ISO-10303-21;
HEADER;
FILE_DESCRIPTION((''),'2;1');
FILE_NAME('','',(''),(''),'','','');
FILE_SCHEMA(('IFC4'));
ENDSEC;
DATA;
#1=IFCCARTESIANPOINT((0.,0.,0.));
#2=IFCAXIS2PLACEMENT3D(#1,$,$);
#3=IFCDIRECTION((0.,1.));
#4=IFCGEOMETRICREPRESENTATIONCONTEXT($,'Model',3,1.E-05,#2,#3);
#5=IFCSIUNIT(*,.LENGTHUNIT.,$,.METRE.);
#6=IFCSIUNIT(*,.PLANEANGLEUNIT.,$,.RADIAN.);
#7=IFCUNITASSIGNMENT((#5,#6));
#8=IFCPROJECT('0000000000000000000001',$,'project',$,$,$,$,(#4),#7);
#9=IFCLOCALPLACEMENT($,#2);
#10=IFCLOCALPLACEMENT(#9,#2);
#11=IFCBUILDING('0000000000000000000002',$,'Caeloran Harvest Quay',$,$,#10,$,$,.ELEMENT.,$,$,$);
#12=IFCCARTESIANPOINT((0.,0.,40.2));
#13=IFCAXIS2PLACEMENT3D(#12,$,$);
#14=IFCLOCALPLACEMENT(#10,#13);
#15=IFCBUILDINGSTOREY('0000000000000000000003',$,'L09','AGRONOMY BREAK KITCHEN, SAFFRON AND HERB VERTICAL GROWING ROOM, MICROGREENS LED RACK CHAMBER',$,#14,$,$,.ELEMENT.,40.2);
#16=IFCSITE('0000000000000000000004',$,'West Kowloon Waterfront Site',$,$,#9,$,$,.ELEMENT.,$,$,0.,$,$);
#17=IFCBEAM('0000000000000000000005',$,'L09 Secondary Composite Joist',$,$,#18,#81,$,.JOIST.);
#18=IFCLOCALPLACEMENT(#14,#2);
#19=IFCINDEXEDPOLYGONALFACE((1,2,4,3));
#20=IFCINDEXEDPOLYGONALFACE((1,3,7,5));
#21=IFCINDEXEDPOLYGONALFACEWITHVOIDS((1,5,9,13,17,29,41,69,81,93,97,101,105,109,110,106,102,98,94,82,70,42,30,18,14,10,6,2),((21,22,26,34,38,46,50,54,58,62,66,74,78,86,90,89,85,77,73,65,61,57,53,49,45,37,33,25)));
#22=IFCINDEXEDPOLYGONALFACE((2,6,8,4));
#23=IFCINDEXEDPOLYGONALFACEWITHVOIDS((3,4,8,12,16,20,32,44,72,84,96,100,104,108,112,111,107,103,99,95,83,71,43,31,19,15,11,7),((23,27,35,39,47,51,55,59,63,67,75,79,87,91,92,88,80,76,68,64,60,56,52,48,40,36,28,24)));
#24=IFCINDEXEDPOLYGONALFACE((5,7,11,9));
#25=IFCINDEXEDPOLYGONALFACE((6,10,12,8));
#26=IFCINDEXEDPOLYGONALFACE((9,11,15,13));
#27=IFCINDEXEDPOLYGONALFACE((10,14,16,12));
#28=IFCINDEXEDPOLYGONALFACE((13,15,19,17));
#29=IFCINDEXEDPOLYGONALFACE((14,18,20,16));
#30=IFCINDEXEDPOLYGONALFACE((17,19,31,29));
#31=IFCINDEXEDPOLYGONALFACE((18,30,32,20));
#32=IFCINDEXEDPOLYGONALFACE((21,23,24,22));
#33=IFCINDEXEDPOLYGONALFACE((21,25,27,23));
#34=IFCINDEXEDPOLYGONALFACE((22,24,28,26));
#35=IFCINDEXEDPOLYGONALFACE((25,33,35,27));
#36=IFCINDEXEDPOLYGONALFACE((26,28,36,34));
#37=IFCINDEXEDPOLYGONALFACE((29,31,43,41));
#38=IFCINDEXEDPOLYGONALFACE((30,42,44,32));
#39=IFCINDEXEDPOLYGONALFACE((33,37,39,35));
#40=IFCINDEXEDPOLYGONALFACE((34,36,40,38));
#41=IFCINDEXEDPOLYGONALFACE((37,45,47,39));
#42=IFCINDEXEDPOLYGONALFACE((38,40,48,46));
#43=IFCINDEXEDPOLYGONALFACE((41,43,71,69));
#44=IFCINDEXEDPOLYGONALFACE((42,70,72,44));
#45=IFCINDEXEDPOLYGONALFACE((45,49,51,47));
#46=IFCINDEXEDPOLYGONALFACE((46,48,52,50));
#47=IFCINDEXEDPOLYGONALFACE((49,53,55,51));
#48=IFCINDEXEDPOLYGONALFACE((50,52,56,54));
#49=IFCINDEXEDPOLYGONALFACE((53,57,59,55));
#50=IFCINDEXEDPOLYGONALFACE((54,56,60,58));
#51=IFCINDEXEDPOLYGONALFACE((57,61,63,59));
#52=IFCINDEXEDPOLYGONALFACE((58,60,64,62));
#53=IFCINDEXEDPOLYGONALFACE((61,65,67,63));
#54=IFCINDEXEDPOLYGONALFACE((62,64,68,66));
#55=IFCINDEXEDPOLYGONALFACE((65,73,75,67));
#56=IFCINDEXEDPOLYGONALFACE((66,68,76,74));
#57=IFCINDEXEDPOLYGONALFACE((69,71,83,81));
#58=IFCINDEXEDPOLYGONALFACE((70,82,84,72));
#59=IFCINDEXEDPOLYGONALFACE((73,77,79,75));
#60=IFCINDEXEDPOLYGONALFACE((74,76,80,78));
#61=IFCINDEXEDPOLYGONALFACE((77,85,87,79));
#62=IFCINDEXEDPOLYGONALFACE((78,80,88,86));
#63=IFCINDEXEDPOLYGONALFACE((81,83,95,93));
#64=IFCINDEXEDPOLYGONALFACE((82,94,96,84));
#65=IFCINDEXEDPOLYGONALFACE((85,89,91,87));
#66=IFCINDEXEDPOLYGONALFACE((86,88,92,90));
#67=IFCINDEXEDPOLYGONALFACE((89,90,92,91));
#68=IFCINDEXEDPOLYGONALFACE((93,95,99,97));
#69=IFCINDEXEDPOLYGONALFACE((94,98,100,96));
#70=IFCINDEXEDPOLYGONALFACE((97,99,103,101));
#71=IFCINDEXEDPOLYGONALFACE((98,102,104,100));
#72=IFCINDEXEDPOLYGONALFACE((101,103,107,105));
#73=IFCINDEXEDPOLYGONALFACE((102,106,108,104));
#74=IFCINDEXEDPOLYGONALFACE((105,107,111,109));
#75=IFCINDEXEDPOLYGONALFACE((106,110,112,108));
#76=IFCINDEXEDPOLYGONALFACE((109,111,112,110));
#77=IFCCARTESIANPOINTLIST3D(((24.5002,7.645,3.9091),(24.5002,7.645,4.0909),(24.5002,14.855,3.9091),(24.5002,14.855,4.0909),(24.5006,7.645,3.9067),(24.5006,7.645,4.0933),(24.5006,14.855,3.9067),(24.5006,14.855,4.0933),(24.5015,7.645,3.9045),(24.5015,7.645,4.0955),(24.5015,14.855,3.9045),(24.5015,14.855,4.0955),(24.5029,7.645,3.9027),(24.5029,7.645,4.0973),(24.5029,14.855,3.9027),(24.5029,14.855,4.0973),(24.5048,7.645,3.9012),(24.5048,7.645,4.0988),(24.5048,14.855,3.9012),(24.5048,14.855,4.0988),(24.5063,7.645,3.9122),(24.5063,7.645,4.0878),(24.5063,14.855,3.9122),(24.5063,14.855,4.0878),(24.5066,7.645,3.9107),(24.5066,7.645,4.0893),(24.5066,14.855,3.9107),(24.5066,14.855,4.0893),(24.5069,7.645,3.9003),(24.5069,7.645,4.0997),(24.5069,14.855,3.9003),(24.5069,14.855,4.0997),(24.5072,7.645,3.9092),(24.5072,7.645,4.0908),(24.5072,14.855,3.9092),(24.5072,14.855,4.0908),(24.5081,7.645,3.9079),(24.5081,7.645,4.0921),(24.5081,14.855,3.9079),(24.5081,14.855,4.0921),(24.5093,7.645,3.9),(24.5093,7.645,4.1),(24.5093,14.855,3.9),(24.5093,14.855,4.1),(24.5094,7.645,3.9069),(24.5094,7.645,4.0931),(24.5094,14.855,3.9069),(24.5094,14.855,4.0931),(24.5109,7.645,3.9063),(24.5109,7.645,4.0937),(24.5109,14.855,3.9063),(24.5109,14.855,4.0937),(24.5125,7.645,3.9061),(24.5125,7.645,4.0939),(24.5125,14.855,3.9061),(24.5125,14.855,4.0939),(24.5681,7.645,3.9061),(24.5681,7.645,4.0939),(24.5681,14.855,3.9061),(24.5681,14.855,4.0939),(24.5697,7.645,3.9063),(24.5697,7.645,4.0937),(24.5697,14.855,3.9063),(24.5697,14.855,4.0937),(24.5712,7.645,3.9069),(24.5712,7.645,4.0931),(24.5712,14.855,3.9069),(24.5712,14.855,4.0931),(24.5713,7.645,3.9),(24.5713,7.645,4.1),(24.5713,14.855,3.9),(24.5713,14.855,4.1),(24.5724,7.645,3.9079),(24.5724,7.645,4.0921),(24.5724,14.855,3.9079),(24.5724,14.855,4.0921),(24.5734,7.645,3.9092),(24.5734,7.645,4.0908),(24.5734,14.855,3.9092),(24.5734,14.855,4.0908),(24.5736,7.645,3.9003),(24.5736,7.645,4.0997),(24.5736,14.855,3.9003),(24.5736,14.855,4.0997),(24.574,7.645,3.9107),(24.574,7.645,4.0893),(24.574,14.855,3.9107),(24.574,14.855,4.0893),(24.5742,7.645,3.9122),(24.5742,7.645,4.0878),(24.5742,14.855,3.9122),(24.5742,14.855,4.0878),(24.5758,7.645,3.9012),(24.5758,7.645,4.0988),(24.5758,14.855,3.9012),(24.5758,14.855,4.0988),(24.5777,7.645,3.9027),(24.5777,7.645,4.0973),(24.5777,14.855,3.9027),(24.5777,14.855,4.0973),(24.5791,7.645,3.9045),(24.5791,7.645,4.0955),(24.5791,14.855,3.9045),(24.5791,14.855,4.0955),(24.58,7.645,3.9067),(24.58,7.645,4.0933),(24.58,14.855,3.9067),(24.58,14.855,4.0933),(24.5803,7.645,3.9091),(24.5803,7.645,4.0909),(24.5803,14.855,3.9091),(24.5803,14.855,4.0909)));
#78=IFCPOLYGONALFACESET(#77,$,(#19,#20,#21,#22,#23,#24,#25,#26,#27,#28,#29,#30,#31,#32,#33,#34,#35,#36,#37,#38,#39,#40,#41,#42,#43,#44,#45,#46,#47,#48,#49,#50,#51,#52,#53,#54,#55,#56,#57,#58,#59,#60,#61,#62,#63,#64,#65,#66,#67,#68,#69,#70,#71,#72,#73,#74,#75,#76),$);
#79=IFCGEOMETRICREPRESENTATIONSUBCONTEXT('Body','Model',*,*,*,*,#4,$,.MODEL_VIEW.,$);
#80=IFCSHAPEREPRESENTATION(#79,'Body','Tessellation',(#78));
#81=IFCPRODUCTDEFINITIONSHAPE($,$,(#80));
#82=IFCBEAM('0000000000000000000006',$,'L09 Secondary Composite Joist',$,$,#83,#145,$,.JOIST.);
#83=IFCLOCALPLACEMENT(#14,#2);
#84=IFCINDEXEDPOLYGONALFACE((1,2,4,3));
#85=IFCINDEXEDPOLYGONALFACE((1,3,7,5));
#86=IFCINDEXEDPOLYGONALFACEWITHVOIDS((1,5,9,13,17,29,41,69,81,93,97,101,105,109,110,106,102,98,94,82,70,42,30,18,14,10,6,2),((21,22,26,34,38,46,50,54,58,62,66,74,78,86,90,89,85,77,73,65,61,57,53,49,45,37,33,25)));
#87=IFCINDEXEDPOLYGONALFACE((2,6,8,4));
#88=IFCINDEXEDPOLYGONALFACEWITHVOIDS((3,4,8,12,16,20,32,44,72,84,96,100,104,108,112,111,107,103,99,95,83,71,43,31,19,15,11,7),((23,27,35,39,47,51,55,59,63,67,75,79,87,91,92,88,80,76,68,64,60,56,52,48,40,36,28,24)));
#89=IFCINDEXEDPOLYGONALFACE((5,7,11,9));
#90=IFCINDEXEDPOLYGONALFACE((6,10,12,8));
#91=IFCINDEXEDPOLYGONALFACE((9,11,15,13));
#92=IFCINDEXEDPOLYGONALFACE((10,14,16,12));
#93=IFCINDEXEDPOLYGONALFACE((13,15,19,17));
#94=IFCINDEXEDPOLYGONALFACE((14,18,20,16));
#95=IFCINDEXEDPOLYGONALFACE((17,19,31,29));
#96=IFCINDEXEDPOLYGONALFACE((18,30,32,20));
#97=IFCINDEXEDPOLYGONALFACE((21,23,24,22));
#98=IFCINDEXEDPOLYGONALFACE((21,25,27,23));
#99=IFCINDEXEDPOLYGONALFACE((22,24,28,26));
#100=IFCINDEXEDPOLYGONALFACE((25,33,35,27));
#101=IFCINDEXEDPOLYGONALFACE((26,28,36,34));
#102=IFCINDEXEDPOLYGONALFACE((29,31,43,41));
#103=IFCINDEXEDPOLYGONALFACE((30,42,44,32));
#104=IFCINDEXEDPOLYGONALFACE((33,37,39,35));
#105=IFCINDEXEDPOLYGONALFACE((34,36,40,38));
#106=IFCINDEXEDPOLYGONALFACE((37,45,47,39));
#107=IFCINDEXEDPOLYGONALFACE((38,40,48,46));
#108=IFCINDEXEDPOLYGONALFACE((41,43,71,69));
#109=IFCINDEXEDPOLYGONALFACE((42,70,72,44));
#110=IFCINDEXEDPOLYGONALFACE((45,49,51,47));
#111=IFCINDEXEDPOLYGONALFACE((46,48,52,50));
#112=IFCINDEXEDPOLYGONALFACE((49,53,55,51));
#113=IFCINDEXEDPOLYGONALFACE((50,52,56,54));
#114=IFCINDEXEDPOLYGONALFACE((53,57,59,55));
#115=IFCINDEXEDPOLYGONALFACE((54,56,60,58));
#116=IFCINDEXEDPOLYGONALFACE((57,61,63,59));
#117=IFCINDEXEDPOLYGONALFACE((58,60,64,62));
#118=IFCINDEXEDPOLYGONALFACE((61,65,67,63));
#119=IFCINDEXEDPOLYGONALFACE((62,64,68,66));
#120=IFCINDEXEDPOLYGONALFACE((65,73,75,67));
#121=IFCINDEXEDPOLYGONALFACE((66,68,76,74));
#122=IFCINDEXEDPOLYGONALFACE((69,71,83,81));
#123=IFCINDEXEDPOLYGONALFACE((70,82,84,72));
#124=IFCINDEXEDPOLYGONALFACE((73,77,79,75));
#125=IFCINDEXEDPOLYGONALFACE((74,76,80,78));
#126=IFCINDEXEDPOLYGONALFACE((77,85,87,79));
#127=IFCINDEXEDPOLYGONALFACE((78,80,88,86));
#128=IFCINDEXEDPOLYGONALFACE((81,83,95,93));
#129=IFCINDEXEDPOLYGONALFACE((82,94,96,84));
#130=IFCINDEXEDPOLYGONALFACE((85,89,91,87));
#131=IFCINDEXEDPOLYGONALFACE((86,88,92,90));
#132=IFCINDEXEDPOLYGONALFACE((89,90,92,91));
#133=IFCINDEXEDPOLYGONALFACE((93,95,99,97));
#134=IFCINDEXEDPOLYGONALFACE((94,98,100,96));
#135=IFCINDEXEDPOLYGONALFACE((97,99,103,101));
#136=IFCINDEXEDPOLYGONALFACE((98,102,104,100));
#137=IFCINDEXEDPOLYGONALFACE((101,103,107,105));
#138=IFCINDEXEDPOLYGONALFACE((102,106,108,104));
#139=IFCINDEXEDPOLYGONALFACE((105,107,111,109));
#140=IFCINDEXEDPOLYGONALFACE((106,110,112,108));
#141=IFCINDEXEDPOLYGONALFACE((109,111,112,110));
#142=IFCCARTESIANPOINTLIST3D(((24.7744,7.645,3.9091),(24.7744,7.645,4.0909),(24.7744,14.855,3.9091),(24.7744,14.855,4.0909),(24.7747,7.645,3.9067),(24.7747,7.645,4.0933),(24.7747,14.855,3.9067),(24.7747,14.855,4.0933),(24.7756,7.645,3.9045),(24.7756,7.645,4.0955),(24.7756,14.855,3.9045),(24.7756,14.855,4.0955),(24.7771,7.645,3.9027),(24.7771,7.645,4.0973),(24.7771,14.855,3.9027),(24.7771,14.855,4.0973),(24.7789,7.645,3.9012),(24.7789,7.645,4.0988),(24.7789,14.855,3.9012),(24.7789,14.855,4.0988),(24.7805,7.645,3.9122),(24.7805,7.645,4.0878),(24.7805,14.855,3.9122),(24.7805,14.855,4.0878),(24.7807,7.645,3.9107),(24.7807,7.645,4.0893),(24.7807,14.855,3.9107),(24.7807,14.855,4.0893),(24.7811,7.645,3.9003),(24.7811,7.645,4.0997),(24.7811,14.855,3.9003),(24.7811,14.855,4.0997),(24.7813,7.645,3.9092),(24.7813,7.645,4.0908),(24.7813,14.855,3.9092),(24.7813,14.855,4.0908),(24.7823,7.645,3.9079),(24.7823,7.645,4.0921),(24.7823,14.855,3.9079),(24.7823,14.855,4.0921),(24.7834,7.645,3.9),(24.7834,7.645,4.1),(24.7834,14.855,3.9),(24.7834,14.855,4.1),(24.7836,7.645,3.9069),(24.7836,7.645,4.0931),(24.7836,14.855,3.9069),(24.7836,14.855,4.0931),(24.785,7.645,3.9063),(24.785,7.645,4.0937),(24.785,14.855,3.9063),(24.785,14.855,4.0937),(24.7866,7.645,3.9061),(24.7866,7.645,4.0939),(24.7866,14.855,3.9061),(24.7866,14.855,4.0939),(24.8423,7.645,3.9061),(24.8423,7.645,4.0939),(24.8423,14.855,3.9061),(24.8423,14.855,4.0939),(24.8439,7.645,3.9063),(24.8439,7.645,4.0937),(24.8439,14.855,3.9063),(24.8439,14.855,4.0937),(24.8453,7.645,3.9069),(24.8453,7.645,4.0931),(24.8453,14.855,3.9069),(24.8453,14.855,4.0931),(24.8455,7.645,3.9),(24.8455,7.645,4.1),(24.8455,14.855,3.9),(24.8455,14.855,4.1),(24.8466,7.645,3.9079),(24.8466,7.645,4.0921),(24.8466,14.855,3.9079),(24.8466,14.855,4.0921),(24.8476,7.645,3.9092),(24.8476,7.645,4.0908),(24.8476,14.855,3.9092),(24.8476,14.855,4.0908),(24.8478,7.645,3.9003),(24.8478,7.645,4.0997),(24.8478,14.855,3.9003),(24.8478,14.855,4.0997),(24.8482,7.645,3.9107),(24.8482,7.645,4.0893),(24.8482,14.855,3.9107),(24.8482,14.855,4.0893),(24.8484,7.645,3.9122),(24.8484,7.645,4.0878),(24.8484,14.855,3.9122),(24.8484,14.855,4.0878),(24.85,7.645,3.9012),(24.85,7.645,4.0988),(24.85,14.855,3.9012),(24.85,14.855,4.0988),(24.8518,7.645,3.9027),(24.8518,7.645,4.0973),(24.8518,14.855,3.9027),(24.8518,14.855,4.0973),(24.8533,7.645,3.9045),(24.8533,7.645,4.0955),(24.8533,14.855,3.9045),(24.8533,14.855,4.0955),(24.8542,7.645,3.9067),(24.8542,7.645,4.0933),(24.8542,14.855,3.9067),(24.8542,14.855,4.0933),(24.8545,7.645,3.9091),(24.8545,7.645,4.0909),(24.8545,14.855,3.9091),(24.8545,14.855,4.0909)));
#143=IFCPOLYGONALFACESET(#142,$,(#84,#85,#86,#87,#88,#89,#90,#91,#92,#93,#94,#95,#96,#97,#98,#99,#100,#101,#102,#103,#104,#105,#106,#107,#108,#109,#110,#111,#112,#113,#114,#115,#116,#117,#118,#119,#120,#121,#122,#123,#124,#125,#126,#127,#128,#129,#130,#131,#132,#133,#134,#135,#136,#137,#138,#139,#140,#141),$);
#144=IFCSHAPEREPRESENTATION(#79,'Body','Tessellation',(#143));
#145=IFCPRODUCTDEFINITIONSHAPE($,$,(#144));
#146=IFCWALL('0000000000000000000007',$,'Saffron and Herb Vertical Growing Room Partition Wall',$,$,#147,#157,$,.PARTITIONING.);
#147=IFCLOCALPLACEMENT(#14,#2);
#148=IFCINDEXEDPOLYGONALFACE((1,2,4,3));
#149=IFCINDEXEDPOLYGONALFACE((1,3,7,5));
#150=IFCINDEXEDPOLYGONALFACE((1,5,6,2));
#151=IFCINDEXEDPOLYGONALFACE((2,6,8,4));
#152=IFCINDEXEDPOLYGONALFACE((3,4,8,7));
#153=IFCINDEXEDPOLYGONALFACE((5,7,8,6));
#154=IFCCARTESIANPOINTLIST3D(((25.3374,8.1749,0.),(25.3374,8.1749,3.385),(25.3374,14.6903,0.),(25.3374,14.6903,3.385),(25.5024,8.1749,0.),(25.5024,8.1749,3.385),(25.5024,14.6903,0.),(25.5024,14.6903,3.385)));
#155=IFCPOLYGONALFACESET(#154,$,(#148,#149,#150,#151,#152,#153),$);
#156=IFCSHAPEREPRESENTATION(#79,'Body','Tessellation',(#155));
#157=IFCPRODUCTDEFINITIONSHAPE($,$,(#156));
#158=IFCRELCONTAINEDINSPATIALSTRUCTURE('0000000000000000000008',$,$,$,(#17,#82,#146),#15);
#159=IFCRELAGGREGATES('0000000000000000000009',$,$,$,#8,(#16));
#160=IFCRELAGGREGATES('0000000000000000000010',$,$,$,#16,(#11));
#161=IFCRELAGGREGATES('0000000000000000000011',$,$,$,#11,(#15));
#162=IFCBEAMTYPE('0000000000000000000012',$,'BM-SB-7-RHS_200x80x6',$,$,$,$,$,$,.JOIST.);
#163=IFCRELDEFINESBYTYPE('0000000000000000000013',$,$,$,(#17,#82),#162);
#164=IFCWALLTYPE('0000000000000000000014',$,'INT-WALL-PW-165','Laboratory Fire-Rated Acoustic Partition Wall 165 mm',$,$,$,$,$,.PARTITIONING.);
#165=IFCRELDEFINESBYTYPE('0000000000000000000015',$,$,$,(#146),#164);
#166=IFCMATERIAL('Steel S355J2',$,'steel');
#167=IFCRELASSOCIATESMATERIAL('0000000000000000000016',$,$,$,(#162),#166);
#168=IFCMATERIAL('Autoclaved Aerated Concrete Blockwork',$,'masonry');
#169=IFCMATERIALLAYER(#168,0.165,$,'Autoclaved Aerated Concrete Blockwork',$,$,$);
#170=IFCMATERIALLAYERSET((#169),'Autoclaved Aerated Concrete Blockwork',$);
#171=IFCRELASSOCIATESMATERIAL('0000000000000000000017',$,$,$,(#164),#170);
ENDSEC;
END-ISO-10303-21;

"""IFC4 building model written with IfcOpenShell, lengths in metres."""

from ifc_helpers import new_model, si_unit, direction, frame, frame_2d, origin, origin_2d, place, context, subcontext, project, spatial, rectangle, hollow_rectangle, extrude, material, layer, layer_set, material_profile, profile_set, type_object, element, save


model = new_model("IFC4")

# Units and contexts
model_context = context("Model", 3, precision=1e-05, world=origin(), true_north=direction((0.0, 1.0)))
body_context = subcontext(model_context, "Body", "Model", "MODEL_VIEW")
ifc_project = project(units=[si_unit("LENGTHUNIT", "METRE"), si_unit("PLANEANGLEUNIT", "RADIAN")], contexts=[model_context])

# Site, building, storey
site_placement = place(None, origin())
site = spatial("IfcSite", under=ifc_project, at=site_placement, Name="West Kowloon Waterfront Site", CompositionType="ELEMENT", RefElevation=0.0)
building_placement = place(site_placement, origin())
building = spatial("IfcBuilding", under=site, at=building_placement, Name="Caeloran Harvest Quay", CompositionType="ELEMENT")
storey_placement = place(building_placement, frame((0.0, 0.0, 40.2)))
storey = spatial("IfcBuildingStorey", under=building, at=storey_placement, Name="L09", Description="AGRONOMY BREAK KITCHEN, SAFFRON AND HERB VERTICAL GROWING ROOM, MICROGREENS LED RACK CHAMBER", CompositionType="ELEMENT", Elevation=40.2)

# Beams
ifc_material_1 = material(Name="Steel S355J2", Category="steel")
ifc_material_profile_1 = material_profile(ifc_material_1, hollow_rectangle(XDim=0.0801, YDim=0.2, WallThickness=0.0061, InnerFilletRadius=0.0061, OuterFilletRadius=0.009, at=origin_2d()), Name="RHS 200x80x6")
ifc_profile_set_1 = profile_set([ifc_material_profile_1], Name="Steel S355J2")
beam_type_1 = type_object("IfcBeamType", Name="BM-SB-7-RHS_200x80x6", PredefinedType="JOIST", material=ifc_profile_set_1)
for number, where, z_axis, x_axis, name in (
    (1, (24.5403, 7.645, 4.0), (0.0, 1.0, 0.0), (-1.0, 0.0, 0.0), "L09 Secondary Composite Joist"),
    (2, (24.8145, 7.645, 4.0), (0.0, 1.0, 0.0), (-1.0, 0.0, 0.0), "L09 Secondary Composite Joist"),
):
    element("IfcBeam", number, at=place(storey_placement, frame(where, z_axis=z_axis, x_axis=x_axis)), inside=storey, type_object=beam_type_1, Name=name, PredefinedType="JOIST", context=body_context, shape_type="SweptSolid", body=[
        extrude(hollow_rectangle(XDim=0.0801, YDim=0.2, WallThickness=0.0061, InnerFilletRadius=0.0061, OuterFilletRadius=0.009, at=origin_2d()), origin(), (0.0, 0.0, 1.0), 7.21),
    ])

# Wall
ifc_material_2 = material(Name="Autoclaved Aerated Concrete Blockwork", Category="masonry")
ifc_layer = layer(ifc_material_2, 0.165, Name="Autoclaved Aerated Concrete Blockwork")
ifc_layer_set = layer_set([ifc_layer], Name="Autoclaved Aerated Concrete Blockwork")
wall_type = type_object("IfcWallType", Name="INT-WALL-PW-165", Description="Laboratory Fire-Rated Acoustic Partition Wall 165 mm", PredefinedType="PARTITIONING", material=ifc_layer_set)
wall_placement = place(storey_placement, frame((25.4199, 14.6904, 0.0), z_axis=(0.0, 0.0, 1.0), x_axis=(0.0, -1.0, 0.0)))
element("IfcWall", 3, at=wall_placement, inside=storey, type_object=wall_type, Name="Saffron and Herb Vertical Growing Room Partition Wall", PredefinedType="PARTITIONING", context=body_context, shape_type="SweptSolid", body=[
    extrude(rectangle(XDim=6.5154, YDim=0.165, at=frame_2d((3.2578, 0.0))), origin(), (0.0, 0.0, 1.0), 3.385),
])

save(model, "model.ifc")
